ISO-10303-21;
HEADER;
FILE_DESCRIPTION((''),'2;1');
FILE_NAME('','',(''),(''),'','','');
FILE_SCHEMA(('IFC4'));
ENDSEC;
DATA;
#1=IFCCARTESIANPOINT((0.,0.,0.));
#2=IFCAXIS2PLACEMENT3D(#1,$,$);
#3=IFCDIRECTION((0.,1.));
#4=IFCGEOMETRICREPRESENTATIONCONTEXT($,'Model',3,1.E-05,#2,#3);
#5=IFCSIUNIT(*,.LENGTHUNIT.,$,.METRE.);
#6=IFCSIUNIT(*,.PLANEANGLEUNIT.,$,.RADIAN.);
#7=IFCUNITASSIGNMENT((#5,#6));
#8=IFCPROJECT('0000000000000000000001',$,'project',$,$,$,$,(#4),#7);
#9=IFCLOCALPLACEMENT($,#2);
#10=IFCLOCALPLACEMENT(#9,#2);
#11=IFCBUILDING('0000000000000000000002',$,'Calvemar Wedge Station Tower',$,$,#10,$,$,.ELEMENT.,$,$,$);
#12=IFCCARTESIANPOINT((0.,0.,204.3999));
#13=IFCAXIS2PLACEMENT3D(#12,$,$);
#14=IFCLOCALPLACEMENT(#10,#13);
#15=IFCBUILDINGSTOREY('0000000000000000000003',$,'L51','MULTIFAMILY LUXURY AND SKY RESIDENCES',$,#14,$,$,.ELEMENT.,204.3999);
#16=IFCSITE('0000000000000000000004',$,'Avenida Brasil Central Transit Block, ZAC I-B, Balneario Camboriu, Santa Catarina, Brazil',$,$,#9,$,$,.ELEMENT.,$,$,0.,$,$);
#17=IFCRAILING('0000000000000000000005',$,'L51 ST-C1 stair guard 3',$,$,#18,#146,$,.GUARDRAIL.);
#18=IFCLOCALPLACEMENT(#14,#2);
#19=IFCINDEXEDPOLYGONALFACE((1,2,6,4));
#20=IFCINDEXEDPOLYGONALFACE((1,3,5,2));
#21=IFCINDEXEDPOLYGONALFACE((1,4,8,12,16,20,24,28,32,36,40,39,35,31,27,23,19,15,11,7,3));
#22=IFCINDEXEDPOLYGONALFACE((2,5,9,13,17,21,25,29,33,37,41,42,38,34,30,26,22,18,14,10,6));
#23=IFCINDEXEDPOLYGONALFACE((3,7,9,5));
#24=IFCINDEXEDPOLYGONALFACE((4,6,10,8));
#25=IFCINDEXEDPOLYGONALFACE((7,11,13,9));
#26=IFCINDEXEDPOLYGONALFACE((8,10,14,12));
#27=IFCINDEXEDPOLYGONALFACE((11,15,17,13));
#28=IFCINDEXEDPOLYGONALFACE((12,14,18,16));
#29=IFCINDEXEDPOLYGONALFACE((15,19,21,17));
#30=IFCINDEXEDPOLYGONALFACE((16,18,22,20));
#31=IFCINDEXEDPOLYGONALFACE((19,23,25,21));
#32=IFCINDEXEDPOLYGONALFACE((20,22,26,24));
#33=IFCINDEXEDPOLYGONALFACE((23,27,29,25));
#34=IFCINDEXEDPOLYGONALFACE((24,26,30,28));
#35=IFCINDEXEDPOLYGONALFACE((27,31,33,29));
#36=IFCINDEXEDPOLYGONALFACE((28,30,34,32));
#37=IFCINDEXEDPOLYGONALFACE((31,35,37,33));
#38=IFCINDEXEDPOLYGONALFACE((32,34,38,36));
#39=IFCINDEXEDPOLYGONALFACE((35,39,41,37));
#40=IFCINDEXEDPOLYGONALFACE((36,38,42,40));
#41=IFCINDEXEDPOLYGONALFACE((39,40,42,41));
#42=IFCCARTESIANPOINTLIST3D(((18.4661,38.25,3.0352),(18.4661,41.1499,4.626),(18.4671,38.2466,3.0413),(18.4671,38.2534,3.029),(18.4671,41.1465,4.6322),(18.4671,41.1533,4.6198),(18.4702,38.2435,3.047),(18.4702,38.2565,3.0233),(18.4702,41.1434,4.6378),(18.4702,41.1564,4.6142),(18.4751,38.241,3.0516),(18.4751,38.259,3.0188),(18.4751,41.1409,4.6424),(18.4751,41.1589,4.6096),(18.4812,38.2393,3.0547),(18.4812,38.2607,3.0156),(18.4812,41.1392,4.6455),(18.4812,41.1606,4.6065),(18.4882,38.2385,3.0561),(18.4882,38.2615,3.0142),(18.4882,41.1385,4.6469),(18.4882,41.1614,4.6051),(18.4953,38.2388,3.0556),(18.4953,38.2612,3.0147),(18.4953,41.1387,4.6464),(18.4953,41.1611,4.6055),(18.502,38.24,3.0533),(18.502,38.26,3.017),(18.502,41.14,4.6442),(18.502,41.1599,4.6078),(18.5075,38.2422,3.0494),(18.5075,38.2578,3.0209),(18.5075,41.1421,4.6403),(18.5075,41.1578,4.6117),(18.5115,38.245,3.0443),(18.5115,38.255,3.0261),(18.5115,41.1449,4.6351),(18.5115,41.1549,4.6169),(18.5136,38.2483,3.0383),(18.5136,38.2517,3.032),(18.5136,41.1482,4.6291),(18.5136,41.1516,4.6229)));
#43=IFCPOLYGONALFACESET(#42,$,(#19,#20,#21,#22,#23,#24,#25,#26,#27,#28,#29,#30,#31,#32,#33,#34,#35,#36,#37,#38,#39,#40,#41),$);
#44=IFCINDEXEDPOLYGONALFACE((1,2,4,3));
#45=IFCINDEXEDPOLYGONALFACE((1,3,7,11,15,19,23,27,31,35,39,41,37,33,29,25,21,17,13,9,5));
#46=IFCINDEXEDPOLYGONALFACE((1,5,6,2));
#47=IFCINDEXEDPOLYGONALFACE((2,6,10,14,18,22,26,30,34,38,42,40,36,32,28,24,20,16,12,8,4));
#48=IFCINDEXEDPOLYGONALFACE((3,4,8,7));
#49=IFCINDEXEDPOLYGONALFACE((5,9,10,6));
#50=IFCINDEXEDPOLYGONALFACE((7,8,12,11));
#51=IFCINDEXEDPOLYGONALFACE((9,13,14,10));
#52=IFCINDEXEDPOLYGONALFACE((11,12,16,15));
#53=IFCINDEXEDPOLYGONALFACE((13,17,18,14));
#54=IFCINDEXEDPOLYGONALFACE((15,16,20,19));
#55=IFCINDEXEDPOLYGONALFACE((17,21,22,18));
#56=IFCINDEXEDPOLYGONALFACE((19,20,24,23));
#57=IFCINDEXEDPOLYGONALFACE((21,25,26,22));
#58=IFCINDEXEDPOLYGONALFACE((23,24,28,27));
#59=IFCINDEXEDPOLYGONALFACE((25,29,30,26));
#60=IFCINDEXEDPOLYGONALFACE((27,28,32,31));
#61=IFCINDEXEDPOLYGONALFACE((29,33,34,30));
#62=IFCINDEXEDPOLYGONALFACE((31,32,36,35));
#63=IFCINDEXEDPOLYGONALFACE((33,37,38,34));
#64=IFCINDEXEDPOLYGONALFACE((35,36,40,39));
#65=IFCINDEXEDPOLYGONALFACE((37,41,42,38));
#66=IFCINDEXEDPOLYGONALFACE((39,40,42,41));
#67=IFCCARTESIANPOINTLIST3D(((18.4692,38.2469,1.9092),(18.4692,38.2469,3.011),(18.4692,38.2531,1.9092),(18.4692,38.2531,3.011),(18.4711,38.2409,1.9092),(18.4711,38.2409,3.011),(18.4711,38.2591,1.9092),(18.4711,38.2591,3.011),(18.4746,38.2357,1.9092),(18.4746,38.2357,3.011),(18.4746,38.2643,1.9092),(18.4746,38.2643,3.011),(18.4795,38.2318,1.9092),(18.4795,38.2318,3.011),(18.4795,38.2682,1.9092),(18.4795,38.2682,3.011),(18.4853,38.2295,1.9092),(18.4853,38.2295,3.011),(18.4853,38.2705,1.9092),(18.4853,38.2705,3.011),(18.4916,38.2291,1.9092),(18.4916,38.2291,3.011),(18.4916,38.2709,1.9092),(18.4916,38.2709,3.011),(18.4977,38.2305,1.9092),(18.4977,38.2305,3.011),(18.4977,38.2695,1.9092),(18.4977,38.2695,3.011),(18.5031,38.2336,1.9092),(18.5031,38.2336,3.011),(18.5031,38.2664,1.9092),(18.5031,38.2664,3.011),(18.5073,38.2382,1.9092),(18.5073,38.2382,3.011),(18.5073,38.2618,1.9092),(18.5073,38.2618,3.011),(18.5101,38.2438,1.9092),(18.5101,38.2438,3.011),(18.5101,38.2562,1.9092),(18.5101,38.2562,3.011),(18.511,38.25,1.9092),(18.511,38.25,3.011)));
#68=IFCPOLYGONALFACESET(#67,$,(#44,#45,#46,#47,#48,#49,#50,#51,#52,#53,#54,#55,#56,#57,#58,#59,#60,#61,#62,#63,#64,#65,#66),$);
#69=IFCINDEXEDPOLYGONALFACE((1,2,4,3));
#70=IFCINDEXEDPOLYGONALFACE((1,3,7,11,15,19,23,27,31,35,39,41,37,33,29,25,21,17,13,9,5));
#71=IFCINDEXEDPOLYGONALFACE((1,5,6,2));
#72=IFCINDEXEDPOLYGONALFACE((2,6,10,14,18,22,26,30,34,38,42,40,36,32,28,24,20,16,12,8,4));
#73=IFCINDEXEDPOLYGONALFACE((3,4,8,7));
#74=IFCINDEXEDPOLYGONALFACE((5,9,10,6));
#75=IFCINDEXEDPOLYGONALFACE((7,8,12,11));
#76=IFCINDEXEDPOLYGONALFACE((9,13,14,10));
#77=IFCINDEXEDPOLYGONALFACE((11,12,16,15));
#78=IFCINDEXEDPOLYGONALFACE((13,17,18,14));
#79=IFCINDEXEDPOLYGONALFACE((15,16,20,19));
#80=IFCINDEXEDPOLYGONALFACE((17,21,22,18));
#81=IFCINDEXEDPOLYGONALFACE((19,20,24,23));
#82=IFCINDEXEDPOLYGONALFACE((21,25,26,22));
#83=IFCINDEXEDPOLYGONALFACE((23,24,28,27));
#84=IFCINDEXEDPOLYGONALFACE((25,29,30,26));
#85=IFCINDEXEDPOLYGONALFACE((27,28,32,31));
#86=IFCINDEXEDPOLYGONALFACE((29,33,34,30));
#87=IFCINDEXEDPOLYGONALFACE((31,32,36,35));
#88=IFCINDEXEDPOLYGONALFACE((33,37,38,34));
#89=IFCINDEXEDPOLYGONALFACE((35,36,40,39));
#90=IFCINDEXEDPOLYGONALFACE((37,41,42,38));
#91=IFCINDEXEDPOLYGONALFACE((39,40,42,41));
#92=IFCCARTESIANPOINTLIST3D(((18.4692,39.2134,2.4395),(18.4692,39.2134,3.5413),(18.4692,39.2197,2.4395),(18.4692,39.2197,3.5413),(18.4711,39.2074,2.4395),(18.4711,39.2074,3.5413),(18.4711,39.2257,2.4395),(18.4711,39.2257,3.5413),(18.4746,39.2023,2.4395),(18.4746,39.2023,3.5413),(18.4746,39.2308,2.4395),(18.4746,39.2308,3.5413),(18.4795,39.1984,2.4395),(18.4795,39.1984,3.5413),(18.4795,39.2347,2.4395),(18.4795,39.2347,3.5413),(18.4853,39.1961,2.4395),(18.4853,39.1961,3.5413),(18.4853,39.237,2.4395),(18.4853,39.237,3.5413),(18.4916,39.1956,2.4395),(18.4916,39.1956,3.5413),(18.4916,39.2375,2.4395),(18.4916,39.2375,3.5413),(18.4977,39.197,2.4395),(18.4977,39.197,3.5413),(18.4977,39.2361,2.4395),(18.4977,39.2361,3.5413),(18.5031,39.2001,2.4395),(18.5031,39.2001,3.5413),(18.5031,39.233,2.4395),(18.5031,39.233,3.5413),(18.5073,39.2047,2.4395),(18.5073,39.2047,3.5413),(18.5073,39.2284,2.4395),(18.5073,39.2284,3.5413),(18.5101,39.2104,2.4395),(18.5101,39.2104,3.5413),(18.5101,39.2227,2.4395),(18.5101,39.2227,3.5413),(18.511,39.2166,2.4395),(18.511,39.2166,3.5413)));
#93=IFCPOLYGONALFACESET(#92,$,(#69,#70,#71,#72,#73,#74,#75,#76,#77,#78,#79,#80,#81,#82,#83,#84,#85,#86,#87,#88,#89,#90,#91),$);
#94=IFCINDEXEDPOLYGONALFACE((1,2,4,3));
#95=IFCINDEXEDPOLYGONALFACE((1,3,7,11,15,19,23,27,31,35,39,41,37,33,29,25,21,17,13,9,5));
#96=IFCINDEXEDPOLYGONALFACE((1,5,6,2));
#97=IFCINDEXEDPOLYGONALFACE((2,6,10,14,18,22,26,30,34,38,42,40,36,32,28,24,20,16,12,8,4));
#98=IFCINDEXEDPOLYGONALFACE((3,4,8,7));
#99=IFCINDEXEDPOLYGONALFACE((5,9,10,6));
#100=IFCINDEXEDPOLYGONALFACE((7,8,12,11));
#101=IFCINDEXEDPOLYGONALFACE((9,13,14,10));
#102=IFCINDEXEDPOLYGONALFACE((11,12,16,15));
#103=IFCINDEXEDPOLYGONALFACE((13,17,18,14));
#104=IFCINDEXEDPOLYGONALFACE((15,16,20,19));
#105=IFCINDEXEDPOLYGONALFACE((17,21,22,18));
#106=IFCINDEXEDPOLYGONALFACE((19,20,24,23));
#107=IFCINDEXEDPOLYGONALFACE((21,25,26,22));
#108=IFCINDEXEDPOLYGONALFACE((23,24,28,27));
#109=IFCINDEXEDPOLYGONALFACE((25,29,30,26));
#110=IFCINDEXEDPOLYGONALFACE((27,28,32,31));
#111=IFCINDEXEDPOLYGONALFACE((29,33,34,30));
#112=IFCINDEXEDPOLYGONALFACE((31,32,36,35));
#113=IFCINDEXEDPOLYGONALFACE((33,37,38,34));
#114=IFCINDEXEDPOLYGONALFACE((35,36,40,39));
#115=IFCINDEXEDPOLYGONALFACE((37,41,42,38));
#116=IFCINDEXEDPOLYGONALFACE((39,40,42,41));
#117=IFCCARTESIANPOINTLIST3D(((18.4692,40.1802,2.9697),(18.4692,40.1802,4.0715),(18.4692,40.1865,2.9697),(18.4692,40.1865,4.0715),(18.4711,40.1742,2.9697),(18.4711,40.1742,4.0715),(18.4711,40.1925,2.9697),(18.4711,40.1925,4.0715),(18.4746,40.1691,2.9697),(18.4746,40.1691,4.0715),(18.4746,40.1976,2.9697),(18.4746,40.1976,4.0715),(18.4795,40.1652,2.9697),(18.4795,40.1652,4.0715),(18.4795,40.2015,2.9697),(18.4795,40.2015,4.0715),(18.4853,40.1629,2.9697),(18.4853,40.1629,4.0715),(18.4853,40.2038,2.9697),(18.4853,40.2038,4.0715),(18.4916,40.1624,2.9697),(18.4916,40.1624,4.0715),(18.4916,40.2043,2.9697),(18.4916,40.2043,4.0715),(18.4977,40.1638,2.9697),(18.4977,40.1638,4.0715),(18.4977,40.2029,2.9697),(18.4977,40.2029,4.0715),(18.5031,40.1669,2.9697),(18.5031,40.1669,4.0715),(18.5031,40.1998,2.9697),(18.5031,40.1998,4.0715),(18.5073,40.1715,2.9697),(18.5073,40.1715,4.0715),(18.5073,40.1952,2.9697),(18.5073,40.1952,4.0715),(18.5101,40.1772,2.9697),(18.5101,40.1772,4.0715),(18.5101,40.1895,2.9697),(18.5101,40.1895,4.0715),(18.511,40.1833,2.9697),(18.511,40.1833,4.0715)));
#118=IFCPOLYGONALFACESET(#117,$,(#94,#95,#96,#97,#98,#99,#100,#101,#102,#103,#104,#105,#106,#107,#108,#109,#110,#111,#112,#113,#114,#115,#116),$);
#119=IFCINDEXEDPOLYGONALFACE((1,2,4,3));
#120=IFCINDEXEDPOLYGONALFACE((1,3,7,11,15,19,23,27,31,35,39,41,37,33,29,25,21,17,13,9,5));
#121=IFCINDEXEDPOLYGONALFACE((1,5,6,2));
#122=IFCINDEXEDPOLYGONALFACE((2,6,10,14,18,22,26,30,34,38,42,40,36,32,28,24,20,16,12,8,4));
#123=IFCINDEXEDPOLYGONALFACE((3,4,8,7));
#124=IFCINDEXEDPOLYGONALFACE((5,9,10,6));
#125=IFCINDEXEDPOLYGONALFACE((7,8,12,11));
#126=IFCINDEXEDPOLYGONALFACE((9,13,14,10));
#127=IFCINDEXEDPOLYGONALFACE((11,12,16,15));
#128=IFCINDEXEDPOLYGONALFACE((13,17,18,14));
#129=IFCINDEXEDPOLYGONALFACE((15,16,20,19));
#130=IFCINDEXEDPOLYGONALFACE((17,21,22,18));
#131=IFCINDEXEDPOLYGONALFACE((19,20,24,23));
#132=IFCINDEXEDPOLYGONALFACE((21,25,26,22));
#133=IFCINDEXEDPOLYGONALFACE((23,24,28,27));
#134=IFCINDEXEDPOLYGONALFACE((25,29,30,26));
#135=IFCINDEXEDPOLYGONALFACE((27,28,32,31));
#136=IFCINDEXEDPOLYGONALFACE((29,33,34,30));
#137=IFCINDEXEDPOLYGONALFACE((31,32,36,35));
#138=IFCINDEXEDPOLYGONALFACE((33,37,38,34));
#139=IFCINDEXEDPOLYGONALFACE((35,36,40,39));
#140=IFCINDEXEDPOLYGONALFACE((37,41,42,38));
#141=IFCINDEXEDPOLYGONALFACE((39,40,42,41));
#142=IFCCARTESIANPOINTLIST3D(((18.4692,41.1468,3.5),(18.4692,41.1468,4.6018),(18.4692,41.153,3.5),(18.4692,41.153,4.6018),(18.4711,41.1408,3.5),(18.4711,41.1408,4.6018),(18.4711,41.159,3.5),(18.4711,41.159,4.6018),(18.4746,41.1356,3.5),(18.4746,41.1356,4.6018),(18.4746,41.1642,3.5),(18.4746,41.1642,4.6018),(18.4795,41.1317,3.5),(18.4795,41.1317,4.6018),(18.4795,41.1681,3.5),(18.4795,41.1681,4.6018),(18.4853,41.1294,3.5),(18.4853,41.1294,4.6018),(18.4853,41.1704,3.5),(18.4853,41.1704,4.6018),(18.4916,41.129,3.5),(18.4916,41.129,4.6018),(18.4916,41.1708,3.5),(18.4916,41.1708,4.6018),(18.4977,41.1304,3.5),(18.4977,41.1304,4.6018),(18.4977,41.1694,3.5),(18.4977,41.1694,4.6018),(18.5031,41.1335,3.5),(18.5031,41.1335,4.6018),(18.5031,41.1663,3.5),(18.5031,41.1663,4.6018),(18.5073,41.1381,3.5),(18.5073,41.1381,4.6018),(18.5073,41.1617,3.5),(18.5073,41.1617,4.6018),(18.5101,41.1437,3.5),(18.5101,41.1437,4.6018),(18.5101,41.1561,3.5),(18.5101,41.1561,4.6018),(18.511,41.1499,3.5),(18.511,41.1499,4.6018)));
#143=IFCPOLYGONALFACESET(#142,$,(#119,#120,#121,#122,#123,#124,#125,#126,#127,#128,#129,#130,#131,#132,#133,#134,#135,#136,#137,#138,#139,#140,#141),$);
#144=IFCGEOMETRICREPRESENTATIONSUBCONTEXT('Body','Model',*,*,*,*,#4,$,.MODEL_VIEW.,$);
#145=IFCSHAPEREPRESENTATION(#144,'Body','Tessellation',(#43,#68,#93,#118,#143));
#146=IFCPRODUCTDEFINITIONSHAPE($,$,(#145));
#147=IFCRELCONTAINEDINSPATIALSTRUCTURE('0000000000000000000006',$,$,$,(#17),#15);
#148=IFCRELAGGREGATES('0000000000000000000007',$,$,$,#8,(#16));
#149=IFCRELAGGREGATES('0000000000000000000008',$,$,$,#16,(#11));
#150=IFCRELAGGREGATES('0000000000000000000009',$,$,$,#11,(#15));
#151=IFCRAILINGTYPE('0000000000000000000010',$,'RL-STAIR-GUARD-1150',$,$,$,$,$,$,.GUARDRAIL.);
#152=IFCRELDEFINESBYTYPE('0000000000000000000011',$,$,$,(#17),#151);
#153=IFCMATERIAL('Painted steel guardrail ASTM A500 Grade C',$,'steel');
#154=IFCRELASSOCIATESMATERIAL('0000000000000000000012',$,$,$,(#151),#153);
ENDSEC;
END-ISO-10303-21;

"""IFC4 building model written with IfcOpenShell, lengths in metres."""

from ifc_helpers import new_model, si_unit, direction, frame, origin, origin_2d, place, context, subcontext, project, spatial, circle, extrude, material, type_object, element, save


model = new_model("IFC4")

# Units and contexts
model_context = context("Model", 3, precision=1e-05, world=origin(), true_north=direction((0.0, 1.0)))
body_context = subcontext(model_context, "Body", "Model", "MODEL_VIEW")
ifc_project = project(units=[si_unit("LENGTHUNIT", "METRE"), si_unit("PLANEANGLEUNIT", "RADIAN")], contexts=[model_context])

# Site, building, storey
site_placement = place(None, origin())
site = spatial("IfcSite", under=ifc_project, at=site_placement, Name="Avenida Brasil Central Transit Block, ZAC I-B, Balneario Camboriu, Santa Catarina, Brazil", CompositionType="ELEMENT", RefElevation=0.0)
building_placement = place(site_placement, origin())
building = spatial("IfcBuilding", under=site, at=building_placement, Name="Calvemar Wedge Station Tower", CompositionType="ELEMENT")
storey_placement = place(building_placement, frame((0.0, 0.0, 204.3999)))
storey = spatial("IfcBuildingStorey", under=building, at=storey_placement, Name="L51", Description="MULTIFAMILY LUXURY AND SKY RESIDENCES", CompositionType="ELEMENT", Elevation=204.3999)

# Railing
ifc_material_1 = material(Name="Painted steel guardrail ASTM A500 Grade C", Category="steel")
railing_type_1 = type_object("IfcRailingType", Name="RL-STAIR-GUARD-1150", PredefinedType="GUARDRAIL", material=ifc_material_1)
railing_1_placement = place(storey_placement, frame((18.49, 38.25, 1.9092)))
element("IfcRailing", 1, at=railing_1_placement, inside=storey, type_object=railing_type_1, Name="L51 ST-C1 stair guard 3", PredefinedType="GUARDRAIL", context=body_context, shape_type="SweptSolid", body=[
    extrude(circle(Radius=0.0239, at=origin_2d()), frame((0.0, 0.0, 1.126), z_axis=(0.0, 0.876742, 0.480961), x_axis=(-1.0, 0.0, 0.0)), (0.0, 0.0, 1.0), 3.3076),
    extrude(circle(Radius=0.021, at=origin_2d()), origin(), (0.0, 0.0, 1.0), 1.1018),
    extrude(circle(Radius=0.021, at=origin_2d()), frame((0.0, 0.9666, 0.5303)), (0.0, 0.0, 1.0), 1.1018),
    extrude(circle(Radius=0.021, at=origin_2d()), frame((0.0, 1.9333, 1.0605)), (0.0, 0.0, 1.0), 1.1018),
    extrude(circle(Radius=0.021, at=origin_2d()), frame((0.0, 2.8999, 1.5908)), (0.0, 0.0, 1.0), 1.1018),
])

save(model, "model.ifc")
